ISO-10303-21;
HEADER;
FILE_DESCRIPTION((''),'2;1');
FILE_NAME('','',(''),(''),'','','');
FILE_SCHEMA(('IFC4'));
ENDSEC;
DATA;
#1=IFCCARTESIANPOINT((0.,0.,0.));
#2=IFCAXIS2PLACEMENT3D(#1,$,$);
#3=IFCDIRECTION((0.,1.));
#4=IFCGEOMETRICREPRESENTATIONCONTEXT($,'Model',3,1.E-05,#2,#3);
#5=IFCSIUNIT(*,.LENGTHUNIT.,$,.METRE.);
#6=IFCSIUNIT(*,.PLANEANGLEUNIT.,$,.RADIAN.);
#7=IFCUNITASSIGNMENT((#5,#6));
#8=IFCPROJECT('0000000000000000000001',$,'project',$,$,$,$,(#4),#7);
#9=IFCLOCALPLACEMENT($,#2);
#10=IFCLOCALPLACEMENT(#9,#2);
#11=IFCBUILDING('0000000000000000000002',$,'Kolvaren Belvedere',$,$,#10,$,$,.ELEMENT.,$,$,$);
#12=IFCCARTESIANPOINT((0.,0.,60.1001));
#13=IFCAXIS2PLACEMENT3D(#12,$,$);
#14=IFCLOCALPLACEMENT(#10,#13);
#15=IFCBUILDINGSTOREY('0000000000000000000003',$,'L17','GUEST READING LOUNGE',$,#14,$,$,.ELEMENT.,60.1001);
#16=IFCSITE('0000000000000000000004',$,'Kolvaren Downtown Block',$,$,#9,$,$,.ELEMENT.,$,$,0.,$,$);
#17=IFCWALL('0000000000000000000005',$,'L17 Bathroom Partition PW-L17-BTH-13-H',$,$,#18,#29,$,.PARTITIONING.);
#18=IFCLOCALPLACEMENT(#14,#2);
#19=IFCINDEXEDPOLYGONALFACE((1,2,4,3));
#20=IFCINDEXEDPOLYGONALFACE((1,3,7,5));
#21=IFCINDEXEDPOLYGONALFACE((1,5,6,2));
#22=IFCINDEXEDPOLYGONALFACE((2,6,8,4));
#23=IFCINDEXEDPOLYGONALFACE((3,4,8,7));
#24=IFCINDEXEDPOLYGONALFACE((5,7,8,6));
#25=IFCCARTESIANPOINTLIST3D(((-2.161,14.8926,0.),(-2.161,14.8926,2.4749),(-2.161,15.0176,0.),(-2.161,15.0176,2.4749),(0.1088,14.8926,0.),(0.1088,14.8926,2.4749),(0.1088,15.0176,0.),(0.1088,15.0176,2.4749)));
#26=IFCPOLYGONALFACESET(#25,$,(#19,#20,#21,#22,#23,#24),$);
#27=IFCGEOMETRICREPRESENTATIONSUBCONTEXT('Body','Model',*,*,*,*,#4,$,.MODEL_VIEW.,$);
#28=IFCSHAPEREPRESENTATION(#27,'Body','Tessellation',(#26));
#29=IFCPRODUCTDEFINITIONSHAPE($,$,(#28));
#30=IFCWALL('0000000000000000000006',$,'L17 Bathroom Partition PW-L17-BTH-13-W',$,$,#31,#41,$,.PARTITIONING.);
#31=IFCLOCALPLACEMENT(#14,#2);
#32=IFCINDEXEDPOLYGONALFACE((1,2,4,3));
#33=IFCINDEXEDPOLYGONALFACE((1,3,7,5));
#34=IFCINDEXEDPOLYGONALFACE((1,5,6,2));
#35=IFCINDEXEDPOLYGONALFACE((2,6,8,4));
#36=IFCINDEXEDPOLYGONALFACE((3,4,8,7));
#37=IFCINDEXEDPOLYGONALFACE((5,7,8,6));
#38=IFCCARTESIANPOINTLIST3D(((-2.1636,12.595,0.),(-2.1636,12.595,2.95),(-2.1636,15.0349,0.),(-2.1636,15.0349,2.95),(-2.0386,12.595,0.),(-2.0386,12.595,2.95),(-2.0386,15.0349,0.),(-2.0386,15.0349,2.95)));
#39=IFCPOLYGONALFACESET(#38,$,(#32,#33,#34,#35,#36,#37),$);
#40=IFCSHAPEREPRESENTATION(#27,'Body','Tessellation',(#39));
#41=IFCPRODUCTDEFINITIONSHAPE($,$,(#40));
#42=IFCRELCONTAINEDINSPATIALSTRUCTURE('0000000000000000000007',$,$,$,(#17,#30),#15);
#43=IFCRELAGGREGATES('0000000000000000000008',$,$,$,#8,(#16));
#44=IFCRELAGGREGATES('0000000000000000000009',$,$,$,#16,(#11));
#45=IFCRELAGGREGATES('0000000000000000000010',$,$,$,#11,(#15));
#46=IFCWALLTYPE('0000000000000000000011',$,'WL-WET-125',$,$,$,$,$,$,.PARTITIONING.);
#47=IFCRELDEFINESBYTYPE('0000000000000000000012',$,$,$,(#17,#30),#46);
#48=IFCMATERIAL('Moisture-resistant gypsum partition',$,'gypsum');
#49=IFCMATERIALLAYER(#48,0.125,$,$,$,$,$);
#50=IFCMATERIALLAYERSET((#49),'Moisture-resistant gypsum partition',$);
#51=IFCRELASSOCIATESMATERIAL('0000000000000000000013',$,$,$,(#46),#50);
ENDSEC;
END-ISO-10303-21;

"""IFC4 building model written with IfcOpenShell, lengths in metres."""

from ifc_helpers import new_model, si_unit, direction, frame, frame_2d, origin, place, context, subcontext, project, spatial, rectangle, extrude, material, layer, layer_set, type_object, element, save


model = new_model("IFC4")

# Units and contexts
model_context = context("Model", 3, precision=1e-05, world=origin(), true_north=direction((0.0, 1.0)))
body_context = subcontext(model_context, "Body", "Model", "MODEL_VIEW")
ifc_project = project(units=[si_unit("LENGTHUNIT", "METRE"), si_unit("PLANEANGLEUNIT", "RADIAN")], contexts=[model_context])

# Site, building, storey
site_placement = place(None, origin())
site = spatial("IfcSite", under=ifc_project, at=site_placement, Name="Kolvaren Downtown Block", CompositionType="ELEMENT", RefElevation=0.0)
building_placement = place(site_placement, origin())
building = spatial("IfcBuilding", under=site, at=building_placement, Name="Kolvaren Belvedere", CompositionType="ELEMENT")
storey_placement = place(building_placement, frame((0.0, 0.0, 60.1001)))
storey = spatial("IfcBuildingStorey", under=building, at=storey_placement, Name="L17", Description="GUEST READING LOUNGE", CompositionType="ELEMENT", Elevation=60.1001)

# Walls
ifc_material_1 = material(Name="Moisture-resistant gypsum partition", Category="gypsum")
ifc_layer_1 = layer(ifc_material_1, 0.125)
ifc_layer_set_1 = layer_set([ifc_layer_1], Name="Moisture-resistant gypsum partition")
wall_type_1 = type_object("IfcWallType", Name="WL-WET-125", PredefinedType="PARTITIONING", material=ifc_layer_set_1)
wall_1_placement = place(storey_placement, frame((-2.1609, 14.9551, 0.0), z_axis=(0.0, 0.0, 1.0), x_axis=(1.0, 0.0, 0.0)))
element("IfcWall", 1, at=wall_1_placement, inside=storey, type_object=wall_type_1, Name="L17 Bathroom Partition PW-L17-BTH-13-H", PredefinedType="PARTITIONING", context=body_context, shape_type="SweptSolid", body=[
    extrude(rectangle(XDim=2.2698, YDim=0.125, at=frame_2d((1.1348, 0.0))), origin(), (0.0, 0.0, 1.0), 2.4749),
])
wall_2_placement = place(storey_placement, frame((-2.1011, 12.595, 0.0), z_axis=(0.0, 0.0, 1.0), x_axis=(0.0, 1.0, 0.0)))
element("IfcWall", 2, at=wall_2_placement, inside=storey, type_object=wall_type_1, Name="L17 Bathroom Partition PW-L17-BTH-13-W", PredefinedType="PARTITIONING", context=body_context, shape_type="SweptSolid", body=[
    extrude(rectangle(XDim=2.4399, YDim=0.125, at=frame_2d((1.22, 0.0))), origin(), (0.0, 0.0, 1.0), 2.95),
])

save(model, "model.ifc")
